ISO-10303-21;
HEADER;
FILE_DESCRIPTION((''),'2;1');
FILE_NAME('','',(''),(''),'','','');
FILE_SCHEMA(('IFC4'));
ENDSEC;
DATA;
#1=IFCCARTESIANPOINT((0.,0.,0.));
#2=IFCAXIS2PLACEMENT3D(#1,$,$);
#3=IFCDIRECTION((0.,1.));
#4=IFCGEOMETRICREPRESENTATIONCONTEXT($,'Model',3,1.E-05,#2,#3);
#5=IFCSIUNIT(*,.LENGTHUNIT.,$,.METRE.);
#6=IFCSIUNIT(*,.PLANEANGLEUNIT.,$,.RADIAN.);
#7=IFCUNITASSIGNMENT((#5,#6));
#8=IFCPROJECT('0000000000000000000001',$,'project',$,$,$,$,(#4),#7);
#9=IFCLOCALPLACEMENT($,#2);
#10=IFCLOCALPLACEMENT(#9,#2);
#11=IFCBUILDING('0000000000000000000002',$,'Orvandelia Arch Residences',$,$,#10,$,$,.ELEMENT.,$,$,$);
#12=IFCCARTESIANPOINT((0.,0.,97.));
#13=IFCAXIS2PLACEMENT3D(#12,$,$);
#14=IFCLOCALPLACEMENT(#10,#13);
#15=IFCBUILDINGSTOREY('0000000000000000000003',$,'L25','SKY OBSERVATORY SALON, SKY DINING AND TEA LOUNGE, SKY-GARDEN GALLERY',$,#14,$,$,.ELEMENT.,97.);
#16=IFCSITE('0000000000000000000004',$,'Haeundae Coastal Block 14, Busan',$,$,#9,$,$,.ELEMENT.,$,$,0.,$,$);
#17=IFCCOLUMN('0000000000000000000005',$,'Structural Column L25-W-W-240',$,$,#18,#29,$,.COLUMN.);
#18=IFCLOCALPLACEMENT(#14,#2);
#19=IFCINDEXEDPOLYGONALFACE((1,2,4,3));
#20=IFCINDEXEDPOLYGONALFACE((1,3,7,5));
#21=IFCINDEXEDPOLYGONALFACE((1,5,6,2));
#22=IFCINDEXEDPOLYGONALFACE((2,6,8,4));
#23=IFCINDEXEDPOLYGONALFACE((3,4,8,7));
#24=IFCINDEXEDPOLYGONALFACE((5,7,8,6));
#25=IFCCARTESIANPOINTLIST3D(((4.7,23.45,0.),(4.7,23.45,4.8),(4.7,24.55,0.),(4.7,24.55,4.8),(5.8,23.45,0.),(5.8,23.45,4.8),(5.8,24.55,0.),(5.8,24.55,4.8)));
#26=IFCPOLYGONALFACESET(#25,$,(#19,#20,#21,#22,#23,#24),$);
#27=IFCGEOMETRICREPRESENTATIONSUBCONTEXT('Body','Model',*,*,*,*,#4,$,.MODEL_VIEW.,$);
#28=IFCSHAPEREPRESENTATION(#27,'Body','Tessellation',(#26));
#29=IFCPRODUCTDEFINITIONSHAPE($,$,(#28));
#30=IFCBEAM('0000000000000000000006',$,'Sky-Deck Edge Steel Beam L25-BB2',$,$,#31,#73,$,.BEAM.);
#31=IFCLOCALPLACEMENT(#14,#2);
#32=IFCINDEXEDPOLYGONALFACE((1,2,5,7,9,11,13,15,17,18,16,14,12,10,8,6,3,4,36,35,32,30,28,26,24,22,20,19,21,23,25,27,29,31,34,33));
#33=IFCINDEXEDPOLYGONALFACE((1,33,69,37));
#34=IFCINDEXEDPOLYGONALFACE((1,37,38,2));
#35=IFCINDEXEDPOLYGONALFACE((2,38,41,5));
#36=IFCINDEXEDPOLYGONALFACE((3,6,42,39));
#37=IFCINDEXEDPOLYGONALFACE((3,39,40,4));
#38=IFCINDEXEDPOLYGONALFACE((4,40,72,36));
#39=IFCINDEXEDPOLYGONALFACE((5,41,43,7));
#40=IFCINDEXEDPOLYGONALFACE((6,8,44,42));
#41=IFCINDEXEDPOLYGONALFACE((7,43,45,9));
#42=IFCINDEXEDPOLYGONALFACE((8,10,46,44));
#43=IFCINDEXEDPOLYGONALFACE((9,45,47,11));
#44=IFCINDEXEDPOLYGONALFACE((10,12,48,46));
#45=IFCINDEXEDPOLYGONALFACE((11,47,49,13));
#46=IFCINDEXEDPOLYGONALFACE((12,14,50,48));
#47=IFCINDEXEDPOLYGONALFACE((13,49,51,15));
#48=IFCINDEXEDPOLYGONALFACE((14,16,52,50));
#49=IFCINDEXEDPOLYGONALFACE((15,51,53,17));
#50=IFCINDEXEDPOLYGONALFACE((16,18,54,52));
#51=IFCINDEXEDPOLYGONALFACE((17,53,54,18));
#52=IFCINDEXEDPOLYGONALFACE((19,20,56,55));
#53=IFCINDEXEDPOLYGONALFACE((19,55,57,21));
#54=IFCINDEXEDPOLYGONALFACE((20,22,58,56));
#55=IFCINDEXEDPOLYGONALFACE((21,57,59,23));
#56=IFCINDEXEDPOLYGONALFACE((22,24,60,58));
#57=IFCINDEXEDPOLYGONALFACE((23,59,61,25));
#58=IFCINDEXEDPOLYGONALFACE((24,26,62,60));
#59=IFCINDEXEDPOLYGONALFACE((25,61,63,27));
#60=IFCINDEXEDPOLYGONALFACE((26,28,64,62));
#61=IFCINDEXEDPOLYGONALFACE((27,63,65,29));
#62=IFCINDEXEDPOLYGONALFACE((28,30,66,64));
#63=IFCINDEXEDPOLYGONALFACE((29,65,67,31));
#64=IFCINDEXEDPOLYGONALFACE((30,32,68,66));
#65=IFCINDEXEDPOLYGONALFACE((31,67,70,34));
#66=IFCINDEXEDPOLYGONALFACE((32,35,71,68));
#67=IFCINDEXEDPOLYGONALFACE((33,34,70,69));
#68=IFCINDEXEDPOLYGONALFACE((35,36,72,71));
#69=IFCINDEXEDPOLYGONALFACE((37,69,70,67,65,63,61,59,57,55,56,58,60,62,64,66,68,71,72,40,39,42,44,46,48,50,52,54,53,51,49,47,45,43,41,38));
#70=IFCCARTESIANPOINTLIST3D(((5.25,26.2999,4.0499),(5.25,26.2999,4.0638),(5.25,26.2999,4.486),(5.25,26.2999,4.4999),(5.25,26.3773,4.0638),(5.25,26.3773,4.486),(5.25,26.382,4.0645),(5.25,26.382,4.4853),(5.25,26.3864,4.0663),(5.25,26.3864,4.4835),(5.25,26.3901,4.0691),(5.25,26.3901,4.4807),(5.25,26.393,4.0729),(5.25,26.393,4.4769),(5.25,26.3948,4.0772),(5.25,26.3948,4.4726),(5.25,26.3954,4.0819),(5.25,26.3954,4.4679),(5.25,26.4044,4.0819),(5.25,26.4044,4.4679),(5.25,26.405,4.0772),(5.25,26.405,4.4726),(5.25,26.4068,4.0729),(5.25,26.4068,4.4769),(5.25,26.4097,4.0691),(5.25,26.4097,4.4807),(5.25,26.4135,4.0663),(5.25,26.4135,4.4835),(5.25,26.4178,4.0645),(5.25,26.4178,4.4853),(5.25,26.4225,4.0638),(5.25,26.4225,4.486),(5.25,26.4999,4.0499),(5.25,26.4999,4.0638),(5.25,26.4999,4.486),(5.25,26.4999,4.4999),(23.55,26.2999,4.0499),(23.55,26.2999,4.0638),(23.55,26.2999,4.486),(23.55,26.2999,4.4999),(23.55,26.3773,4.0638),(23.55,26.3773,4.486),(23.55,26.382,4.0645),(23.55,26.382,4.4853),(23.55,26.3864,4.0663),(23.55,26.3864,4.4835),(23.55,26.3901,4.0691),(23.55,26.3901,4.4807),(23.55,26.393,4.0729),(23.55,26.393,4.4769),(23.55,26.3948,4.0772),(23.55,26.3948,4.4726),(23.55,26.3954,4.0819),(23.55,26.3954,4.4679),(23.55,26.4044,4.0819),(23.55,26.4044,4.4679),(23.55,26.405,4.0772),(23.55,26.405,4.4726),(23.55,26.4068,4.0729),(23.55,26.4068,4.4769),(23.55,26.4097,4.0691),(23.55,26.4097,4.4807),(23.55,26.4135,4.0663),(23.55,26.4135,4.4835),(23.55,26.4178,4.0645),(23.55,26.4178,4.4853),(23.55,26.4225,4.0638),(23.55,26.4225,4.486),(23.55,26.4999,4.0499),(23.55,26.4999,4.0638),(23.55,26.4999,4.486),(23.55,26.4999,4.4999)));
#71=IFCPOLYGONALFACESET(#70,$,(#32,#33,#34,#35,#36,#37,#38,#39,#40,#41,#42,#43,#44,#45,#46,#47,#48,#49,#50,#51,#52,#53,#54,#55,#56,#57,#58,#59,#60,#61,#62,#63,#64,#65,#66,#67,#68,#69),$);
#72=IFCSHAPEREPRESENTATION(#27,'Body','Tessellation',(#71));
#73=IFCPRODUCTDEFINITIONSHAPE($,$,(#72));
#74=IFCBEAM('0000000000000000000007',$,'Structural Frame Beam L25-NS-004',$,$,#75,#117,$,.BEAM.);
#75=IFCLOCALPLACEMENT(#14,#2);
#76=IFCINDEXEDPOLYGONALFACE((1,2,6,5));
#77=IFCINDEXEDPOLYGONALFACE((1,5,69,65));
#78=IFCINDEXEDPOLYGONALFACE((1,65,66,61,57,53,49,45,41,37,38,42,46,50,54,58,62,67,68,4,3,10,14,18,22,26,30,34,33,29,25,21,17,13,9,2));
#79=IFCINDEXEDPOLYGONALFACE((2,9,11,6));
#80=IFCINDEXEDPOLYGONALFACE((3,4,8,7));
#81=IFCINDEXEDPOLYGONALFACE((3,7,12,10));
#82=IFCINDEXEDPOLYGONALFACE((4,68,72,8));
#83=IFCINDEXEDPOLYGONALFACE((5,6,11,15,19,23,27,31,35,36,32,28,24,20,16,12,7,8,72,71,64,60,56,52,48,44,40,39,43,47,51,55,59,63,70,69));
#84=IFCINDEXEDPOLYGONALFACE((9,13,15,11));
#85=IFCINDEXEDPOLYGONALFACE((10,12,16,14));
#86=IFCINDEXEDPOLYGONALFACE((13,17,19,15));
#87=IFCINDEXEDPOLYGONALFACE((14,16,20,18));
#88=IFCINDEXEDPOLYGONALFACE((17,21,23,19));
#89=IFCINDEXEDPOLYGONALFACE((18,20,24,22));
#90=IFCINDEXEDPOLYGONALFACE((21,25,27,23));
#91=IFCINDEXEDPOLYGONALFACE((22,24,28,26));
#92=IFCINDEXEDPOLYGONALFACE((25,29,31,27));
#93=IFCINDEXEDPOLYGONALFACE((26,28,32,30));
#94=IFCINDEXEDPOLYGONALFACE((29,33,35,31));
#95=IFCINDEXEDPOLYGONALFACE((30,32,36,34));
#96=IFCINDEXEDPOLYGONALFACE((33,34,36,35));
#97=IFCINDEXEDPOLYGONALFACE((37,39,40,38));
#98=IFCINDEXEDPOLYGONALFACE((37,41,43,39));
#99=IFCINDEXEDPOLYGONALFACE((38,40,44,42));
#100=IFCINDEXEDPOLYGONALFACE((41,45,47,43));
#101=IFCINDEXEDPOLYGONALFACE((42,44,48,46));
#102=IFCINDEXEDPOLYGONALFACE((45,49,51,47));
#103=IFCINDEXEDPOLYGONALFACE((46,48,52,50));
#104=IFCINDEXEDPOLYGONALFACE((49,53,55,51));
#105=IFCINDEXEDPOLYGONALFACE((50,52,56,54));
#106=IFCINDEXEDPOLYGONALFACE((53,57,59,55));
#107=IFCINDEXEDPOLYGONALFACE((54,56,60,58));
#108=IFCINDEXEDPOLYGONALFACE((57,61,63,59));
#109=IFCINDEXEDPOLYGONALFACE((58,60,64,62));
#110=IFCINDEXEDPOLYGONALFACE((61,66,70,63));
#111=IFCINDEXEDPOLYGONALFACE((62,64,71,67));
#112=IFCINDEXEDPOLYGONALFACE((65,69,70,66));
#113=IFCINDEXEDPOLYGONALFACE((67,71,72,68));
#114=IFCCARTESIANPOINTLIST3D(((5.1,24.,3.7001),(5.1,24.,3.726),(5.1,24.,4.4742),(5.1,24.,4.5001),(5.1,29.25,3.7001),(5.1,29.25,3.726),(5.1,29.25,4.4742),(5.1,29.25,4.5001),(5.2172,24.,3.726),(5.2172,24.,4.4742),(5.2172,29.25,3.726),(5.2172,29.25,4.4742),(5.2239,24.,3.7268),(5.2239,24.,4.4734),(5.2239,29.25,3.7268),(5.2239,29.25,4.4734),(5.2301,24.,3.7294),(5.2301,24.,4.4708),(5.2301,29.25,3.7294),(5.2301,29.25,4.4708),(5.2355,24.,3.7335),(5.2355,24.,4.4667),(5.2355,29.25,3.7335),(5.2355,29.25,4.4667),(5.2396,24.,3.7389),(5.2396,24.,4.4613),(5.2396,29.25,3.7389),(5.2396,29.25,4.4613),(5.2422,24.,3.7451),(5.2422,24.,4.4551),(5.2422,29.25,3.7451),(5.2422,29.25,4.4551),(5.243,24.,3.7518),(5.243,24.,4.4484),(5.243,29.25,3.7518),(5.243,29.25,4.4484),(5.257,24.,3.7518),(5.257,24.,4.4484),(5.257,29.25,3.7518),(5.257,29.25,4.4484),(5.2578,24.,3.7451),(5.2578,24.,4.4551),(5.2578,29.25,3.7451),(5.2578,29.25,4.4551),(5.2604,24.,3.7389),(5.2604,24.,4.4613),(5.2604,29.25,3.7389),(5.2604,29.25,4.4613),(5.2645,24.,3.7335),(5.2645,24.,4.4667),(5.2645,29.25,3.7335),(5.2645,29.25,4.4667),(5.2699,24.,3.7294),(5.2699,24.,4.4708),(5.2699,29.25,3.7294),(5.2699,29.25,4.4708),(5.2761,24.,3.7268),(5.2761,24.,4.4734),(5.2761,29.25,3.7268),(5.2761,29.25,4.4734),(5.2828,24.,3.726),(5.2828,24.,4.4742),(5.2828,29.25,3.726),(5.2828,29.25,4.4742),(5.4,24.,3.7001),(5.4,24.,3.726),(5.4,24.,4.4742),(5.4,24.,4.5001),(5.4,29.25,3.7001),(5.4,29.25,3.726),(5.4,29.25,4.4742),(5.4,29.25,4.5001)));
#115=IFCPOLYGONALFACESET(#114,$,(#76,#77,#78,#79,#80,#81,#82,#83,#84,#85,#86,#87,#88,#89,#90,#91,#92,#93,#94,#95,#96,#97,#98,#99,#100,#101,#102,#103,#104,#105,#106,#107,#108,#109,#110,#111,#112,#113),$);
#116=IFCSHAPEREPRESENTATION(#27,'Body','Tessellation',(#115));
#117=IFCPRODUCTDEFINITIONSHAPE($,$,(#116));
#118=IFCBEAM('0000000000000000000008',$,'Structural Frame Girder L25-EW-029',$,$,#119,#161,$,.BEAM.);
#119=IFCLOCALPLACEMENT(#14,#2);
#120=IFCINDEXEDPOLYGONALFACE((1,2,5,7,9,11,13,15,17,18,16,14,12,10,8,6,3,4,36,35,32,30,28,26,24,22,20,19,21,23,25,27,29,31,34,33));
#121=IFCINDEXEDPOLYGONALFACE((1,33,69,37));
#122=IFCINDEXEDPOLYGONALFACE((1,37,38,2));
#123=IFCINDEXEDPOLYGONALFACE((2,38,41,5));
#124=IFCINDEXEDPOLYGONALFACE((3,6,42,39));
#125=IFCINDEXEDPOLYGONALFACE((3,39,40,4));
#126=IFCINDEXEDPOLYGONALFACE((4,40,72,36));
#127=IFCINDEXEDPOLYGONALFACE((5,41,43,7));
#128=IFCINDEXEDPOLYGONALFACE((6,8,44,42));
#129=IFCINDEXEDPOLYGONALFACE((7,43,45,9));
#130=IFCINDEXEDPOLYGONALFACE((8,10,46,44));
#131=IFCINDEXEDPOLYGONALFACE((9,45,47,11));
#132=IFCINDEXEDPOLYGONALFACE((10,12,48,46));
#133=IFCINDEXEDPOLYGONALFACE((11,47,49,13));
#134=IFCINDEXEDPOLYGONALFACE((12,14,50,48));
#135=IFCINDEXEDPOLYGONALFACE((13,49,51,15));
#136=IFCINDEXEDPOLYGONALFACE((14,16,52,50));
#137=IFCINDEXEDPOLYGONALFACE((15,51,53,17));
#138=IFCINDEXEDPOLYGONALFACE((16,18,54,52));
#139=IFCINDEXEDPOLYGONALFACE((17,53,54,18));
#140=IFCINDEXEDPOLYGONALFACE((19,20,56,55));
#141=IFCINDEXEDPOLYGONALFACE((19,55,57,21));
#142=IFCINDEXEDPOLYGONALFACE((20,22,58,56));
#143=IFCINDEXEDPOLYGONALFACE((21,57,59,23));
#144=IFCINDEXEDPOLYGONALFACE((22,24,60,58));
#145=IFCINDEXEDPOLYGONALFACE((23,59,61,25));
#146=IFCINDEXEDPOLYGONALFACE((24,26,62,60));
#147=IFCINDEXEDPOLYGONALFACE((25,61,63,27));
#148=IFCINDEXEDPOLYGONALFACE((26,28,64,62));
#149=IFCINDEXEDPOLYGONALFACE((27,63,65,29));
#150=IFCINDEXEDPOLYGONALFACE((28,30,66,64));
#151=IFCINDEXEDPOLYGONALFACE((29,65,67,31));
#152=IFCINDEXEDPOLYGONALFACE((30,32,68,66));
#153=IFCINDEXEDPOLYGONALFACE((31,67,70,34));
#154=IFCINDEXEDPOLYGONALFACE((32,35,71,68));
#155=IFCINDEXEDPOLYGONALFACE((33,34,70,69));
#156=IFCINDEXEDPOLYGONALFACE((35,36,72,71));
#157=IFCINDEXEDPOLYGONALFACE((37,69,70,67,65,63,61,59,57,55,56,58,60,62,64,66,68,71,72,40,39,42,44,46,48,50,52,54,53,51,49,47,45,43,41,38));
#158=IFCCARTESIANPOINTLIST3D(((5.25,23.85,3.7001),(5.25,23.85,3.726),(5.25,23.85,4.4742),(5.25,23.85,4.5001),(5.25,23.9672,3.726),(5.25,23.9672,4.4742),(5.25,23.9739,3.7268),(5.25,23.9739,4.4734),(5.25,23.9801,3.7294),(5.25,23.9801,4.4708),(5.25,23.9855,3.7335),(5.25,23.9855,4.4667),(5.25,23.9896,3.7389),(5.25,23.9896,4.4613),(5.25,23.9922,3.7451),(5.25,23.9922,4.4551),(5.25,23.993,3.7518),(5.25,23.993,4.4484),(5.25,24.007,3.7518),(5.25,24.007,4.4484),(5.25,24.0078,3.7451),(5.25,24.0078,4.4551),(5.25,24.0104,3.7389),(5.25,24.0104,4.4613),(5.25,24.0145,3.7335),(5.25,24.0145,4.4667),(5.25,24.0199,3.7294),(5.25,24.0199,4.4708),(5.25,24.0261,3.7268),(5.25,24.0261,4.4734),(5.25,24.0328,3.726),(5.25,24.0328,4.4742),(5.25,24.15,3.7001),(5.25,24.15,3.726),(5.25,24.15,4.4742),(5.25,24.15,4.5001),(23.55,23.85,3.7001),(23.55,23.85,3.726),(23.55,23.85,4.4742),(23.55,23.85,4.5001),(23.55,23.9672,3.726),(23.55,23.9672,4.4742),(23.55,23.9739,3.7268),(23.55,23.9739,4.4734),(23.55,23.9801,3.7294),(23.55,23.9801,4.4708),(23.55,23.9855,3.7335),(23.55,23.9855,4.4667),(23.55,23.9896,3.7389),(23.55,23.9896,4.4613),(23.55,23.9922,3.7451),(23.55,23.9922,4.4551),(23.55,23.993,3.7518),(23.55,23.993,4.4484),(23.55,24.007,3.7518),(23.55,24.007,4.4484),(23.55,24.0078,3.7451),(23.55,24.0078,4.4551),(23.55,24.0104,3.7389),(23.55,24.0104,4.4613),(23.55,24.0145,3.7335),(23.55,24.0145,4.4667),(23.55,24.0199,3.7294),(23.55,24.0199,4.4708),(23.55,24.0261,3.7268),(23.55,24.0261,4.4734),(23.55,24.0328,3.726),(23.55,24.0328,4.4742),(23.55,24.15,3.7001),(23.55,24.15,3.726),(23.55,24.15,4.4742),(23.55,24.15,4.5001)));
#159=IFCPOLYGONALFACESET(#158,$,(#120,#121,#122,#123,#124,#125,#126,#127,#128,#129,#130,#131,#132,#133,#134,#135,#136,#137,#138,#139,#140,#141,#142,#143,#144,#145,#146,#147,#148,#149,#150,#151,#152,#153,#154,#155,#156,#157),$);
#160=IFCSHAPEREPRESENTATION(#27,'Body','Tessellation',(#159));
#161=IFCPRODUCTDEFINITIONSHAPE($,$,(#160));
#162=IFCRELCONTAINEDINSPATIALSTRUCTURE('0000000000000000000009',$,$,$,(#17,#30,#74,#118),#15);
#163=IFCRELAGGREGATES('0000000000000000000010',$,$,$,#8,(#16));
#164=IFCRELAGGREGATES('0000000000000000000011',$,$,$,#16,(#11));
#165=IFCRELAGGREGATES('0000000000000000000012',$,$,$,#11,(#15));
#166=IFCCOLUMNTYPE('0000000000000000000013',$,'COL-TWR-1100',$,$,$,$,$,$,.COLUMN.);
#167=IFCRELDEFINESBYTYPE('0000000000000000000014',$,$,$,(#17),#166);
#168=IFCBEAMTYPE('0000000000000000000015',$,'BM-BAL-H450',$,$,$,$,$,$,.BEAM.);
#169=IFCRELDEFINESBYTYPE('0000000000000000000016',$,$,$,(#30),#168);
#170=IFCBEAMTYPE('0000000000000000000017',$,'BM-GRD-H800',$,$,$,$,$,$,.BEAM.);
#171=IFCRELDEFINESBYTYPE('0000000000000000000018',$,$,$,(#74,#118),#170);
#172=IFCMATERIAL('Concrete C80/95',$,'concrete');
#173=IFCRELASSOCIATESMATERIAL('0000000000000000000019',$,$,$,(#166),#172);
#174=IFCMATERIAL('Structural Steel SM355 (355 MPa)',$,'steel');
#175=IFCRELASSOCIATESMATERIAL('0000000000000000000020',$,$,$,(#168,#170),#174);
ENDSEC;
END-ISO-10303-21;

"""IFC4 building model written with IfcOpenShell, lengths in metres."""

from ifc_helpers import new_model, si_unit, direction, frame, origin, origin_2d, place, context, subcontext, project, spatial, rectangle, i_section, extrude, material, material_profile, profile_set, type_object, element, save


model = new_model("IFC4")

# Units and contexts
model_context = context("Model", 3, precision=1e-05, world=origin(), true_north=direction((0.0, 1.0)))
body_context = subcontext(model_context, "Body", "Model", "MODEL_VIEW")
ifc_project = project(units=[si_unit("LENGTHUNIT", "METRE"), si_unit("PLANEANGLEUNIT", "RADIAN")], contexts=[model_context])

# Site, building, storey
site_placement = place(None, origin())
site = spatial("IfcSite", under=ifc_project, at=site_placement, Name="Haeundae Coastal Block 14, Busan", CompositionType="ELEMENT", RefElevation=0.0)
building_placement = place(site_placement, origin())
building = spatial("IfcBuilding", under=site, at=building_placement, Name="Orvandelia Arch Residences", CompositionType="ELEMENT")
storey_placement = place(building_placement, frame((0.0, 0.0, 97.0)))
storey = spatial("IfcBuildingStorey", under=building, at=storey_placement, Name="L25", Description="SKY OBSERVATORY SALON, SKY DINING AND TEA LOUNGE, SKY-GARDEN GALLERY", CompositionType="ELEMENT", Elevation=97.0)

# Column
ifc_material_1 = material(Name="Concrete C80/95", Category="concrete")
ifc_material_profile_1 = material_profile(ifc_material_1, rectangle(XDim=1.1001, YDim=1.1001, at=origin_2d()), Name="Concrete C80/95", Category="concrete")
ifc_profile_set_1 = profile_set([ifc_material_profile_1], Name="Concrete C80/95")
column_type = type_object("IfcColumnType", Name="COL-TWR-1100", PredefinedType="COLUMN", material=ifc_profile_set_1)
column_placement = place(storey_placement, frame((5.25, 24.0, 0.0), z_axis=(0.0, 0.0, 1.0), x_axis=(1.0, 0.0, 0.0)))
element("IfcColumn", 1, at=column_placement, inside=storey, type_object=column_type, Name="Structural Column L25-W-W-240", PredefinedType="COLUMN", context=body_context, shape_type="SweptSolid", body=[
    extrude(rectangle(XDim=1.1001, YDim=1.1001, at=origin_2d()), origin(), (0.0, 0.0, 1.0), 4.8),
])

# Beams
ifc_material_2 = material(Name="Structural Steel SM355 (355 MPa)", Category="steel")
ifc_material_profile_2 = material_profile(ifc_material_2, i_section(OverallWidth=0.2, OverallDepth=0.45, WebThickness=0.009, FlangeThickness=0.0139, FilletRadius=0.0181, at=origin_2d()), Name="Structural Steel SM355 (355 MPa)", Category="steel")
ifc_profile_set_2 = profile_set([ifc_material_profile_2], Name="Structural Steel SM355 (355 MPa)")
beam_type_1 = type_object("IfcBeamType", Name="BM-BAL-H450", PredefinedType="BEAM", material=ifc_profile_set_2)
beam_1_placement = place(storey_placement, frame((5.25, 26.3999, 4.2749), z_axis=(1.0, 0.0, 0.0), x_axis=(0.0, 1.0, 0.0)))
element("IfcBeam", 2, at=beam_1_placement, inside=storey, type_object=beam_type_1, Name="Sky-Deck Edge Steel Beam L25-BB2", PredefinedType="BEAM", context=body_context, shape_type="SweptSolid", body=[
    extrude(i_section(OverallWidth=0.2, OverallDepth=0.45, WebThickness=0.009, FlangeThickness=0.0139, FilletRadius=0.0181, at=origin_2d()), origin(), (0.0, 0.0, 1.0), 18.3),
])
ifc_material_profile_3 = material_profile(ifc_material_2, i_section(OverallWidth=0.3, OverallDepth=0.8, WebThickness=0.0139, FlangeThickness=0.0259, FilletRadius=0.0259, at=origin_2d()), Name="Structural Steel SM355 (355 MPa)", Category="steel")
ifc_profile_set_3 = profile_set([ifc_material_profile_3], Name="Structural Steel SM355 (355 MPa)")
beam_type_2 = type_object("IfcBeamType", Name="BM-GRD-H800", PredefinedType="BEAM", material=ifc_profile_set_3)
beam_2_placement = place(storey_placement, frame((5.25, 24.0, 4.1001), z_axis=(0.0, 1.0, 0.0), x_axis=(-1.0, 0.0, 0.0)))
element("IfcBeam", 3, at=beam_2_placement, inside=storey, type_object=beam_type_2, Name="Structural Frame Beam L25-NS-004", PredefinedType="BEAM", context=body_context, shape_type="SweptSolid", body=[
    extrude(i_section(OverallWidth=0.3, OverallDepth=0.8, WebThickness=0.0139, FlangeThickness=0.0259, FilletRadius=0.0259, at=origin_2d()), origin(), (0.0, 0.0, 1.0), 5.25),
])
beam_3_placement = place(storey_placement, frame((5.25, 24.0, 4.1001), z_axis=(1.0, 0.0, 0.0), x_axis=(0.0, 1.0, 0.0)))
element("IfcBeam", 4, at=beam_3_placement, inside=storey, type_object=beam_type_2, Name="Structural Frame Girder L25-EW-029", PredefinedType="BEAM", context=body_context, shape_type="SweptSolid", body=[
    extrude(i_section(OverallWidth=0.3, OverallDepth=0.8, WebThickness=0.0139, FlangeThickness=0.0259, FilletRadius=0.0259, at=origin_2d()), origin(), (0.0, 0.0, 1.0), 18.3),
])

save(model, "model.ifc")
